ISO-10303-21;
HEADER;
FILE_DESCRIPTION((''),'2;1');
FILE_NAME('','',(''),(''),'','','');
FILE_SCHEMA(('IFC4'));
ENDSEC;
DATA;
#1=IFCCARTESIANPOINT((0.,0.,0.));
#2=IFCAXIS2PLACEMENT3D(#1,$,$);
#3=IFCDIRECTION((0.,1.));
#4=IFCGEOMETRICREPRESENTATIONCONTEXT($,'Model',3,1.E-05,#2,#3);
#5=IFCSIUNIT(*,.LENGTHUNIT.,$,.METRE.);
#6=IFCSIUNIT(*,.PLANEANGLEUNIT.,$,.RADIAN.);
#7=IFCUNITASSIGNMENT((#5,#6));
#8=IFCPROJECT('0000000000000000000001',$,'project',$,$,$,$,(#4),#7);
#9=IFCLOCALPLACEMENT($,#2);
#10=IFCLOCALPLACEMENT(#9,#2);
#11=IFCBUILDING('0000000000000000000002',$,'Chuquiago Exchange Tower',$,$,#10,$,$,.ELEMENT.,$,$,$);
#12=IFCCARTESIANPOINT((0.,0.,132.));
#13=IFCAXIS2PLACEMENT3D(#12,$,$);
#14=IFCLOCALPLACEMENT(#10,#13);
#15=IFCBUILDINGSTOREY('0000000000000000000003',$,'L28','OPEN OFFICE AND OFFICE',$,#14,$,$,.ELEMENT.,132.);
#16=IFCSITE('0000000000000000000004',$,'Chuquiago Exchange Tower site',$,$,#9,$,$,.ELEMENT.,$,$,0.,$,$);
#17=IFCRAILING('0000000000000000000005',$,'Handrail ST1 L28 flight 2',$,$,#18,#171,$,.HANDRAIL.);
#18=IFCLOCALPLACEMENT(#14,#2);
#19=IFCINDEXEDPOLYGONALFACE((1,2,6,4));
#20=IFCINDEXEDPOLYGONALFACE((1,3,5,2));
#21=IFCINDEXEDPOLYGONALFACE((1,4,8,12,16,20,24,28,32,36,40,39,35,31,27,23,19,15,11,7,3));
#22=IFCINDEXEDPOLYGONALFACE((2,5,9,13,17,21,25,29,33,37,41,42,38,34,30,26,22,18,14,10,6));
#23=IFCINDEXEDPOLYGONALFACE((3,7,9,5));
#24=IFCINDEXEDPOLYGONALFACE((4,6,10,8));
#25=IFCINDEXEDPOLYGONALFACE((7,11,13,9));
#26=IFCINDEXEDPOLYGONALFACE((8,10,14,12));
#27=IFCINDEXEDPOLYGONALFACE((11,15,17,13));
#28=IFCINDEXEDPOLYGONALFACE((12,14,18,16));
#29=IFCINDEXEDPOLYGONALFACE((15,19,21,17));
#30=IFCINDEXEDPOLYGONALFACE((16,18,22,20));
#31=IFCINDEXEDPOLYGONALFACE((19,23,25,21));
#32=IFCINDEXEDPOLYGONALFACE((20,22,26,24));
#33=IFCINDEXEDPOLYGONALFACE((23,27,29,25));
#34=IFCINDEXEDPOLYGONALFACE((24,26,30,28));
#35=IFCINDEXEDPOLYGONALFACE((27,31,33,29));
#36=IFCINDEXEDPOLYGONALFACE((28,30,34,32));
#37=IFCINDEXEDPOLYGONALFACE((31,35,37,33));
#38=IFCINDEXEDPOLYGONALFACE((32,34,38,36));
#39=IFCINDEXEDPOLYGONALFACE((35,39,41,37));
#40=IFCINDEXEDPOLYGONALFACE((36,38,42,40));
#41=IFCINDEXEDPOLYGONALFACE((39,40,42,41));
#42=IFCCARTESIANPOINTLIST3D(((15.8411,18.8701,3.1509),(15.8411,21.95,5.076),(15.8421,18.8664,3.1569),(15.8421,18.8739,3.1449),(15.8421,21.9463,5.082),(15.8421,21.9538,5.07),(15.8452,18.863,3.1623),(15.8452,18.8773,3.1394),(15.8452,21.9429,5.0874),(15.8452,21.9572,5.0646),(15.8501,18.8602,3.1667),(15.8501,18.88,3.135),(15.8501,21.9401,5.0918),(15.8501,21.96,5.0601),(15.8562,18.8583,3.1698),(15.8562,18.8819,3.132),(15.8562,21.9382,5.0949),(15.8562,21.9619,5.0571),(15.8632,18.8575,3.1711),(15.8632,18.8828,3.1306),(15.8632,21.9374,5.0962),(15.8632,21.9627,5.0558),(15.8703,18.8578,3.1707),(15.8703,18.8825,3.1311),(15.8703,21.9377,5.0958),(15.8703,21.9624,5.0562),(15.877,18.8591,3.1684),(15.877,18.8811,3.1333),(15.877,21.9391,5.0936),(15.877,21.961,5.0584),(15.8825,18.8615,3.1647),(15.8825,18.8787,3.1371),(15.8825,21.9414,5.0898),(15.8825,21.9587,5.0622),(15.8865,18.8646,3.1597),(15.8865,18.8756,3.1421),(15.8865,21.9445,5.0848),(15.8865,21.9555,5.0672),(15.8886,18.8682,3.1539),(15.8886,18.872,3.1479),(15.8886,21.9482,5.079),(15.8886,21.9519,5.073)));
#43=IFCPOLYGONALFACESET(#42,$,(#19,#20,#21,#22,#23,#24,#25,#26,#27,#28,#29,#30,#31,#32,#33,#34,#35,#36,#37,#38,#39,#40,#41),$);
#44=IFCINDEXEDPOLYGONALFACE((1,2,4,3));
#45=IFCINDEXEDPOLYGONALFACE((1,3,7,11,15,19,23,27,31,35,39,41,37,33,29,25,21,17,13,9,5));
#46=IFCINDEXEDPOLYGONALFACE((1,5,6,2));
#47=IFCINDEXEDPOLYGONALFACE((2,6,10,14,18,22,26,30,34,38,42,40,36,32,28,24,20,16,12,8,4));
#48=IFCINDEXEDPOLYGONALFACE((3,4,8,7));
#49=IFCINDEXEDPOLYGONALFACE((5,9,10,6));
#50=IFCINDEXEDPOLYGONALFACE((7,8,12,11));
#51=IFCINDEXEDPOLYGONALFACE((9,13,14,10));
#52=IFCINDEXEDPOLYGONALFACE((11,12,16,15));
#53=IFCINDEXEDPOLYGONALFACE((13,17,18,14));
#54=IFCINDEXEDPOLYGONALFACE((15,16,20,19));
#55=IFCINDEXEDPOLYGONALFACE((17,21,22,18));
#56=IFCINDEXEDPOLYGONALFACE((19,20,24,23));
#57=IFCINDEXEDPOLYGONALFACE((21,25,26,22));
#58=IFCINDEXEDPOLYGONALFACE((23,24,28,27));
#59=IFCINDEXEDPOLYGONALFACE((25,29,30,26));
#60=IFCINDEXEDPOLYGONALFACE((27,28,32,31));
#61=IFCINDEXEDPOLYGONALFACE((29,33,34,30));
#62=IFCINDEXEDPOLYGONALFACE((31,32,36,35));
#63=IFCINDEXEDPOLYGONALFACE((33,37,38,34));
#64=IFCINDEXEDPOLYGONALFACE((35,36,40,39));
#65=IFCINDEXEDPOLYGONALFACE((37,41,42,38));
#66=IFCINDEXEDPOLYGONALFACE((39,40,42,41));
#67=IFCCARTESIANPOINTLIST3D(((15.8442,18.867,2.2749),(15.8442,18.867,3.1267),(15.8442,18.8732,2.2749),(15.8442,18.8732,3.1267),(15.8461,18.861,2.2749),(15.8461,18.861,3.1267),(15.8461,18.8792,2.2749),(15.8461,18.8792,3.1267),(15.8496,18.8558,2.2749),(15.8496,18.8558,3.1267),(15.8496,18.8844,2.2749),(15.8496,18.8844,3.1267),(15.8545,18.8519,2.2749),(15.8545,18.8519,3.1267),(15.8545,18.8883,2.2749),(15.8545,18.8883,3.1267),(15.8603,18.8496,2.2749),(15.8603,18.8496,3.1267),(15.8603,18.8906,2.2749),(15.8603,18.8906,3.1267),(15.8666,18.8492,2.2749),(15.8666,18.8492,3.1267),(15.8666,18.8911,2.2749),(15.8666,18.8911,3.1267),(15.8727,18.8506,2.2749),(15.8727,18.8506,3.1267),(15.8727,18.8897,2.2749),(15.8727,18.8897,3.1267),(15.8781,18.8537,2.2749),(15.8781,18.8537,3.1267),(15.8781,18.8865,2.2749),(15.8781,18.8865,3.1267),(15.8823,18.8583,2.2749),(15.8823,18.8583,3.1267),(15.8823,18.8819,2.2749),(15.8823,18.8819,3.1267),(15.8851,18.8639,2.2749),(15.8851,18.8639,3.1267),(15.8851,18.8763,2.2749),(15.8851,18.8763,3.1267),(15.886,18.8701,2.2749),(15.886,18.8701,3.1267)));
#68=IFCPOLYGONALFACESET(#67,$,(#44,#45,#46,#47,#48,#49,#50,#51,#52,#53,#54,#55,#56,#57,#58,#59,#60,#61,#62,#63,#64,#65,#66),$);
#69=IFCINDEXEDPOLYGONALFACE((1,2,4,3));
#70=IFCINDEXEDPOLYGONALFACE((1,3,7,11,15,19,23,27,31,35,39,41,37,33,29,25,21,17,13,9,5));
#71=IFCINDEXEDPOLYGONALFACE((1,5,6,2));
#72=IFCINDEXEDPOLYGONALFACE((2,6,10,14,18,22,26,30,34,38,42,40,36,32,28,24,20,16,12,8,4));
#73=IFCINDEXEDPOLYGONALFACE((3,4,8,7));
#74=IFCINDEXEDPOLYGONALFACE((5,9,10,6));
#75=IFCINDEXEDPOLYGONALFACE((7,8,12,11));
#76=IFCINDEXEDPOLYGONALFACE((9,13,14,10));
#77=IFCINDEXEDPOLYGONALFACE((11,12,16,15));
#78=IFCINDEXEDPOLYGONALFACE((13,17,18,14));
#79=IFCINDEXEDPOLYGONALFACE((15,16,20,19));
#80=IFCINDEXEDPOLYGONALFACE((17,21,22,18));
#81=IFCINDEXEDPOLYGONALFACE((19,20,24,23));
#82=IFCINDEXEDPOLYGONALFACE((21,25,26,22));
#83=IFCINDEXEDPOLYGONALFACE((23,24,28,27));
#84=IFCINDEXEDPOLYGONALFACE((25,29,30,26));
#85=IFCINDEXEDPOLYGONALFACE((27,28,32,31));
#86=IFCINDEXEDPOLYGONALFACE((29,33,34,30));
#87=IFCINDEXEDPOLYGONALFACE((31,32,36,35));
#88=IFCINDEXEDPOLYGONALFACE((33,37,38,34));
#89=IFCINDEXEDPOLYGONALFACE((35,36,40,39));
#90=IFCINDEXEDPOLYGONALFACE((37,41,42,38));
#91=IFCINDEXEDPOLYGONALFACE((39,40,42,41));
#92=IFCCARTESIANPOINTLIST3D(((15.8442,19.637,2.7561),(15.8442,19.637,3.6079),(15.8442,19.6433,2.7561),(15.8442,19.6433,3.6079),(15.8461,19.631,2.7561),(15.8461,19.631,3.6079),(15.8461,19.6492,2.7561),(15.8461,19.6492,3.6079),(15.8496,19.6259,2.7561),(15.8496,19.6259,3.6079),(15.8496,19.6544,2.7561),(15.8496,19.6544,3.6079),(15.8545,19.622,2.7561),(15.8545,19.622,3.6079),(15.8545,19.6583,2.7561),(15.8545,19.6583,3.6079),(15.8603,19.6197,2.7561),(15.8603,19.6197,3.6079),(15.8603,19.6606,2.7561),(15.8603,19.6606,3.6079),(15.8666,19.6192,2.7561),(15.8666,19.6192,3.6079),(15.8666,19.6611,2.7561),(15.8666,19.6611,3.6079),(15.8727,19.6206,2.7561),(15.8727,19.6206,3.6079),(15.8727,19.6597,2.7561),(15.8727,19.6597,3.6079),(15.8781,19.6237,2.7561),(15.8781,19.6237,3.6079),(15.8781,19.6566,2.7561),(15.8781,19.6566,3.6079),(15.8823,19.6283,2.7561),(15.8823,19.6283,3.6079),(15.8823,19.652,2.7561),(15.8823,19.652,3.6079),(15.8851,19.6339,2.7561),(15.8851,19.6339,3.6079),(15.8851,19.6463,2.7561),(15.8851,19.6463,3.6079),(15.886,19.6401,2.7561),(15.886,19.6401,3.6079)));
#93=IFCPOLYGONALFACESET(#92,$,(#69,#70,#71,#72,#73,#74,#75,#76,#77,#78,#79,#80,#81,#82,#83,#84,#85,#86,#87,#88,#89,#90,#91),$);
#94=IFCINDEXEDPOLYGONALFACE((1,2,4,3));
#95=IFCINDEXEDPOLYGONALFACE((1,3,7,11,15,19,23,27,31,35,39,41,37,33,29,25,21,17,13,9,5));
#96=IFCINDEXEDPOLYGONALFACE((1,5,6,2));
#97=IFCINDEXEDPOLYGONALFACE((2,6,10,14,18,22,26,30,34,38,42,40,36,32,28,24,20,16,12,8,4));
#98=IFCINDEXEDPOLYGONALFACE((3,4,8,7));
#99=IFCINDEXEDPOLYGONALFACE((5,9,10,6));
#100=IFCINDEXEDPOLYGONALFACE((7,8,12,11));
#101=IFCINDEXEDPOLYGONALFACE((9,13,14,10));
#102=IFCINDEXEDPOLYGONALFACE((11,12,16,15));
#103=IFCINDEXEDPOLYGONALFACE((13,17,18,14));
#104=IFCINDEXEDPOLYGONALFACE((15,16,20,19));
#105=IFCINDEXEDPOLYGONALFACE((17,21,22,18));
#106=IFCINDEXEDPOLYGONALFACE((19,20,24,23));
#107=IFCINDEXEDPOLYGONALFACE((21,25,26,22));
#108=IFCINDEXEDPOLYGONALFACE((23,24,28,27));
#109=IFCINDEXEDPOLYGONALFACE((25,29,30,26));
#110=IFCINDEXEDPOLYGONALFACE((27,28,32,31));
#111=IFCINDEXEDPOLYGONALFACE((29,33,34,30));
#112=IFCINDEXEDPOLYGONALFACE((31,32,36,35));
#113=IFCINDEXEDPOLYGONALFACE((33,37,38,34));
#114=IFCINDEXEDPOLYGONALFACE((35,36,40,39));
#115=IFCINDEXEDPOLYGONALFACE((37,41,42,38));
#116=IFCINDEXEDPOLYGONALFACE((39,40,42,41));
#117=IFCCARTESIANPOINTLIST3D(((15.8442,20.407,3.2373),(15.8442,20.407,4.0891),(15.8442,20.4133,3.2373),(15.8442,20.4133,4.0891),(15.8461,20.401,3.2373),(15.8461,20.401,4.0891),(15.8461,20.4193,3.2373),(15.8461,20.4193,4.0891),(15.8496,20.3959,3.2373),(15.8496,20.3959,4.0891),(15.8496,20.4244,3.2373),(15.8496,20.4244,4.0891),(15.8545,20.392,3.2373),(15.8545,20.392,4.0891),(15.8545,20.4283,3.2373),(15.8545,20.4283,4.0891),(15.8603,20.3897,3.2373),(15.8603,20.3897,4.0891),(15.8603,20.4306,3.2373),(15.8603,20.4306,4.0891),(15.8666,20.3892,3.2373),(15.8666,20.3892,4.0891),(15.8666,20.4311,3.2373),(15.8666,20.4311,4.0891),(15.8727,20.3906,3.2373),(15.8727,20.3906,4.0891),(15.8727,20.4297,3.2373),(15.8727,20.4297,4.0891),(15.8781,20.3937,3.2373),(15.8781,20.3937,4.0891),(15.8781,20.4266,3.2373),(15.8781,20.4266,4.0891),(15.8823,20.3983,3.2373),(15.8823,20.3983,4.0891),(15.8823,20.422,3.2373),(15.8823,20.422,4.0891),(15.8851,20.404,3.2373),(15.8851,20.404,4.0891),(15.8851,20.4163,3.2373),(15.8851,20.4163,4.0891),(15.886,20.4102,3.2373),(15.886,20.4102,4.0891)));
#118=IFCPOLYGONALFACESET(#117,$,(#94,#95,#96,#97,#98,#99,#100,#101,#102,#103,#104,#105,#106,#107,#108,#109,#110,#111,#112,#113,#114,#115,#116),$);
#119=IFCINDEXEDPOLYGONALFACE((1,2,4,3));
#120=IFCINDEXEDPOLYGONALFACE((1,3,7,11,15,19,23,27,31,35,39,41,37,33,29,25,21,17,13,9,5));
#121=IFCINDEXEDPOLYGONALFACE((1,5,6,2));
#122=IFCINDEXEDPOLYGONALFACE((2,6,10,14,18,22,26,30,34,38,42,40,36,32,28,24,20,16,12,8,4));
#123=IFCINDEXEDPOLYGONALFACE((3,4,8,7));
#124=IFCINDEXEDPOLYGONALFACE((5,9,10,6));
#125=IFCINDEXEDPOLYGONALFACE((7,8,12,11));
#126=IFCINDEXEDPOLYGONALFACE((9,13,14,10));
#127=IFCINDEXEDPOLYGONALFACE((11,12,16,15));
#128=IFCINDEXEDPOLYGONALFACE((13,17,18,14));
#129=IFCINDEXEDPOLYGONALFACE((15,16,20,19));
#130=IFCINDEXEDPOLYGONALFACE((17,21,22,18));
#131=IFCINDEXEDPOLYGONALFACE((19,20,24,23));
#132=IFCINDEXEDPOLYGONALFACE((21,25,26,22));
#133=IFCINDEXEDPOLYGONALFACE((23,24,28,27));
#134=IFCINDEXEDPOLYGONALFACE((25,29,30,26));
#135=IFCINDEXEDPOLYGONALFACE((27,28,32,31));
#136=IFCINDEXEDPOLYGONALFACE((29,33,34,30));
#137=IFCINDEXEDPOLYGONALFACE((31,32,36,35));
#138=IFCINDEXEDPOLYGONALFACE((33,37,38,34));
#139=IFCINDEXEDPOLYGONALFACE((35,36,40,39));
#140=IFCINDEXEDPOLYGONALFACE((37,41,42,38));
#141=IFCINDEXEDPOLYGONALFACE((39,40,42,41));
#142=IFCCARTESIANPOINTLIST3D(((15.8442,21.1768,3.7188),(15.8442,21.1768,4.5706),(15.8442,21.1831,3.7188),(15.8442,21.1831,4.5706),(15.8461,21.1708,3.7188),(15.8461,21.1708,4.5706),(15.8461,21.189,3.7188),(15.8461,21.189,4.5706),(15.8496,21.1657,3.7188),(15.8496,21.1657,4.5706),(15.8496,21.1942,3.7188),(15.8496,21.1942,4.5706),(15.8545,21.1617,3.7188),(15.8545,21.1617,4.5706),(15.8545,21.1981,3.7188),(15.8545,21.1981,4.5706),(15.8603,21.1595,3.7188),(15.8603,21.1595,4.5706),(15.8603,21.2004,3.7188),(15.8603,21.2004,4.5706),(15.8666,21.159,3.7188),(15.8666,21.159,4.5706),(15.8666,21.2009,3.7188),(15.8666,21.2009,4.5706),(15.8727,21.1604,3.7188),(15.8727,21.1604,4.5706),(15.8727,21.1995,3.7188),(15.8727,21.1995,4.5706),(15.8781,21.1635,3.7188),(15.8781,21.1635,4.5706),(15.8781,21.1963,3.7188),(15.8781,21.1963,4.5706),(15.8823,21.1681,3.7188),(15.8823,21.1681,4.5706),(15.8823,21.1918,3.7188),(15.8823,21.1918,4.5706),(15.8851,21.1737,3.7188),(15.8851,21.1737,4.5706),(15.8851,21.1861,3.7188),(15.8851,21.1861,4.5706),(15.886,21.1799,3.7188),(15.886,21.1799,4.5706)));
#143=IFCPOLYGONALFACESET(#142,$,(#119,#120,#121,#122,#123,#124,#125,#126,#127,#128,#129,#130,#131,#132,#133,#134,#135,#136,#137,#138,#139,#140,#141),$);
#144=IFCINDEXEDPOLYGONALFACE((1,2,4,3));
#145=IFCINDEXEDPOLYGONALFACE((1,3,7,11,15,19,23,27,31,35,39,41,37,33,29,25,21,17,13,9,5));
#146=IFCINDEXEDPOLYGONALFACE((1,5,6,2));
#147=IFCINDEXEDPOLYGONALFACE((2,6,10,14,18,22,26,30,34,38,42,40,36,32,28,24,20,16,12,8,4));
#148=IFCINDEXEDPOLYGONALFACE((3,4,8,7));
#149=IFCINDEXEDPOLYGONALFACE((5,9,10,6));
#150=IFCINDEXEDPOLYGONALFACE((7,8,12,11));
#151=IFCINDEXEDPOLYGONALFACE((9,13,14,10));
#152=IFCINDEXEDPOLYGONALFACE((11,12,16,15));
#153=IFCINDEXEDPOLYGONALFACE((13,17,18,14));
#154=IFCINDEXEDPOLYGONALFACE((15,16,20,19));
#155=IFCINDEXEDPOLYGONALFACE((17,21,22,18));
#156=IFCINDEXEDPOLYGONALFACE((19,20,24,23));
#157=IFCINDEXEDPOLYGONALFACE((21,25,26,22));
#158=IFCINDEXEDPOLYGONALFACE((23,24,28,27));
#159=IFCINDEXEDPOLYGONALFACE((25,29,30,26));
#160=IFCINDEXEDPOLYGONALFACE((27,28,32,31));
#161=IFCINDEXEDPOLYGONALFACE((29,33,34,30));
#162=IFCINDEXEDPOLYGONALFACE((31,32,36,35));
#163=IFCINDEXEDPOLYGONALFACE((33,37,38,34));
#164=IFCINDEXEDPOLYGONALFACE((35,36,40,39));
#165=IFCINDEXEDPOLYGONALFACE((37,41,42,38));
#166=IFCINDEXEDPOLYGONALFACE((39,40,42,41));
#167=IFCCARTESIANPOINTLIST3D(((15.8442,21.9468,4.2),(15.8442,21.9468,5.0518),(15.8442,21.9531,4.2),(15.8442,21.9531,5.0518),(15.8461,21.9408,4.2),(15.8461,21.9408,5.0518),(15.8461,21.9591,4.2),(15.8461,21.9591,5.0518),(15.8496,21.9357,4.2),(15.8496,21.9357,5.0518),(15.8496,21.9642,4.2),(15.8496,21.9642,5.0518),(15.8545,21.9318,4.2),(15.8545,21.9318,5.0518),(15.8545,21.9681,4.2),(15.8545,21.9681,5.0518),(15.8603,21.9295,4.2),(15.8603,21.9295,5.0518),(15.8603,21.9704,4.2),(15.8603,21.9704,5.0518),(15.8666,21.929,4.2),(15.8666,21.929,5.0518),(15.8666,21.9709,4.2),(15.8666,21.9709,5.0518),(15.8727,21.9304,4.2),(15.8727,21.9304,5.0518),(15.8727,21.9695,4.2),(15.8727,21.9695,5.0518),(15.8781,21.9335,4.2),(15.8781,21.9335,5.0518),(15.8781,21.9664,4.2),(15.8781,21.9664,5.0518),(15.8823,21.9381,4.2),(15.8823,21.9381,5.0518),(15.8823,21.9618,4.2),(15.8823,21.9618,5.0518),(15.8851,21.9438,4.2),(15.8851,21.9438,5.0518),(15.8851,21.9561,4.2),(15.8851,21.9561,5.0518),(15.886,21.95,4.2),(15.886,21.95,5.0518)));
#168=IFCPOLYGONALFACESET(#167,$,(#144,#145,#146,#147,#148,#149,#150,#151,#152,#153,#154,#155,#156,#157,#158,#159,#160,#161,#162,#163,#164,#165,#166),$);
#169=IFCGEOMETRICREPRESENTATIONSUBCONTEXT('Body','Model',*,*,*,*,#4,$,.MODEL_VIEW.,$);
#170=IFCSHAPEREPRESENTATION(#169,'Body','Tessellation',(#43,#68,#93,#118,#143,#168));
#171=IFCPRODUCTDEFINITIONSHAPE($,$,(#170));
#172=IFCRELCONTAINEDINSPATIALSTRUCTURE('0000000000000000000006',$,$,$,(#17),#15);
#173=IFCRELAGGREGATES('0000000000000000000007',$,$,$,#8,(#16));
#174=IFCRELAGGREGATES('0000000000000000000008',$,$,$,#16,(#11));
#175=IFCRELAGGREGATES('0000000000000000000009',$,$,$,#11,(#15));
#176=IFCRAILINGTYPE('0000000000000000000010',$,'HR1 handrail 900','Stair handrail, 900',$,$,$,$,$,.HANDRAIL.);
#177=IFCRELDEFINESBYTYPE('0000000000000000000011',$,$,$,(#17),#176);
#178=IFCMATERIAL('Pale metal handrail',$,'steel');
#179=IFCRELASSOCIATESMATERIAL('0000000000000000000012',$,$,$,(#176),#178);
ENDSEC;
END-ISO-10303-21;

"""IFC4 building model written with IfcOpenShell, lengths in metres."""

from ifc_helpers import new_model, si_unit, direction, frame, origin, origin_2d, place, context, subcontext, project, spatial, circle, extrude, material, type_object, element, save


model = new_model("IFC4")

# Units and contexts
model_context = context("Model", 3, precision=1e-05, world=origin(), true_north=direction((0.0, 1.0)))
body_context = subcontext(model_context, "Body", "Model", "MODEL_VIEW")
ifc_project = project(units=[si_unit("LENGTHUNIT", "METRE"), si_unit("PLANEANGLEUNIT", "RADIAN")], contexts=[model_context])

# Site, building, storey
site_placement = place(None, origin())
site = spatial("IfcSite", under=ifc_project, at=site_placement, Name="Chuquiago Exchange Tower site", CompositionType="ELEMENT", RefElevation=0.0)
building_placement = place(site_placement, origin())
building = spatial("IfcBuilding", under=site, at=building_placement, Name="Chuquiago Exchange Tower", CompositionType="ELEMENT")
storey_placement = place(building_placement, frame((0.0, 0.0, 132.0)))
storey = spatial("IfcBuildingStorey", under=building, at=storey_placement, Name="L28", Description="OPEN OFFICE AND OFFICE", CompositionType="ELEMENT", Elevation=132.0)

# Railing
ifc_material_1 = material(Name="Pale metal handrail", Category="steel")
railing_type_1 = type_object("IfcRailingType", Name="HR1 handrail 900", Description="Stair handrail, 900", PredefinedType="HANDRAIL", material=ifc_material_1)
for number, where, name in (
    (1, (15.865, 18.8701, 2.2749), "Handrail ST1 L28 flight 2"),
):
    element("IfcRailing", number, at=place(storey_placement, frame(where)), inside=storey, type_object=railing_type_1, Name=name, PredefinedType="HANDRAIL", context=body_context, shape_type="SweptSolid", body=[
        extrude(circle(Radius=0.0239, at=origin_2d()), frame((0.0, 0.0, 0.876), z_axis=(0.0, 0.847979, 0.530029), x_axis=(-1.0, 0.0, 0.0)), (0.0, 0.0, 1.0), 3.6321),
        extrude(circle(Radius=0.021, at=origin_2d()), origin(), (0.0, 0.0, 1.0), 0.8518),
        extrude(circle(Radius=0.021, at=origin_2d()), frame((0.0, 0.77, 0.4812)), (0.0, 0.0, 1.0), 0.8518),
        extrude(circle(Radius=0.021, at=origin_2d()), frame((0.0, 1.54, 0.9624)), (0.0, 0.0, 1.0), 0.8518),
        extrude(circle(Radius=0.021, at=origin_2d()), frame((0.0, 2.3098, 1.4438)), (0.0, 0.0, 1.0), 0.8518),
        extrude(circle(Radius=0.021, at=origin_2d()), frame((0.0, 3.0798, 1.925)), (0.0, 0.0, 1.0), 0.8518),
    ])

save(model, "model.ifc")
